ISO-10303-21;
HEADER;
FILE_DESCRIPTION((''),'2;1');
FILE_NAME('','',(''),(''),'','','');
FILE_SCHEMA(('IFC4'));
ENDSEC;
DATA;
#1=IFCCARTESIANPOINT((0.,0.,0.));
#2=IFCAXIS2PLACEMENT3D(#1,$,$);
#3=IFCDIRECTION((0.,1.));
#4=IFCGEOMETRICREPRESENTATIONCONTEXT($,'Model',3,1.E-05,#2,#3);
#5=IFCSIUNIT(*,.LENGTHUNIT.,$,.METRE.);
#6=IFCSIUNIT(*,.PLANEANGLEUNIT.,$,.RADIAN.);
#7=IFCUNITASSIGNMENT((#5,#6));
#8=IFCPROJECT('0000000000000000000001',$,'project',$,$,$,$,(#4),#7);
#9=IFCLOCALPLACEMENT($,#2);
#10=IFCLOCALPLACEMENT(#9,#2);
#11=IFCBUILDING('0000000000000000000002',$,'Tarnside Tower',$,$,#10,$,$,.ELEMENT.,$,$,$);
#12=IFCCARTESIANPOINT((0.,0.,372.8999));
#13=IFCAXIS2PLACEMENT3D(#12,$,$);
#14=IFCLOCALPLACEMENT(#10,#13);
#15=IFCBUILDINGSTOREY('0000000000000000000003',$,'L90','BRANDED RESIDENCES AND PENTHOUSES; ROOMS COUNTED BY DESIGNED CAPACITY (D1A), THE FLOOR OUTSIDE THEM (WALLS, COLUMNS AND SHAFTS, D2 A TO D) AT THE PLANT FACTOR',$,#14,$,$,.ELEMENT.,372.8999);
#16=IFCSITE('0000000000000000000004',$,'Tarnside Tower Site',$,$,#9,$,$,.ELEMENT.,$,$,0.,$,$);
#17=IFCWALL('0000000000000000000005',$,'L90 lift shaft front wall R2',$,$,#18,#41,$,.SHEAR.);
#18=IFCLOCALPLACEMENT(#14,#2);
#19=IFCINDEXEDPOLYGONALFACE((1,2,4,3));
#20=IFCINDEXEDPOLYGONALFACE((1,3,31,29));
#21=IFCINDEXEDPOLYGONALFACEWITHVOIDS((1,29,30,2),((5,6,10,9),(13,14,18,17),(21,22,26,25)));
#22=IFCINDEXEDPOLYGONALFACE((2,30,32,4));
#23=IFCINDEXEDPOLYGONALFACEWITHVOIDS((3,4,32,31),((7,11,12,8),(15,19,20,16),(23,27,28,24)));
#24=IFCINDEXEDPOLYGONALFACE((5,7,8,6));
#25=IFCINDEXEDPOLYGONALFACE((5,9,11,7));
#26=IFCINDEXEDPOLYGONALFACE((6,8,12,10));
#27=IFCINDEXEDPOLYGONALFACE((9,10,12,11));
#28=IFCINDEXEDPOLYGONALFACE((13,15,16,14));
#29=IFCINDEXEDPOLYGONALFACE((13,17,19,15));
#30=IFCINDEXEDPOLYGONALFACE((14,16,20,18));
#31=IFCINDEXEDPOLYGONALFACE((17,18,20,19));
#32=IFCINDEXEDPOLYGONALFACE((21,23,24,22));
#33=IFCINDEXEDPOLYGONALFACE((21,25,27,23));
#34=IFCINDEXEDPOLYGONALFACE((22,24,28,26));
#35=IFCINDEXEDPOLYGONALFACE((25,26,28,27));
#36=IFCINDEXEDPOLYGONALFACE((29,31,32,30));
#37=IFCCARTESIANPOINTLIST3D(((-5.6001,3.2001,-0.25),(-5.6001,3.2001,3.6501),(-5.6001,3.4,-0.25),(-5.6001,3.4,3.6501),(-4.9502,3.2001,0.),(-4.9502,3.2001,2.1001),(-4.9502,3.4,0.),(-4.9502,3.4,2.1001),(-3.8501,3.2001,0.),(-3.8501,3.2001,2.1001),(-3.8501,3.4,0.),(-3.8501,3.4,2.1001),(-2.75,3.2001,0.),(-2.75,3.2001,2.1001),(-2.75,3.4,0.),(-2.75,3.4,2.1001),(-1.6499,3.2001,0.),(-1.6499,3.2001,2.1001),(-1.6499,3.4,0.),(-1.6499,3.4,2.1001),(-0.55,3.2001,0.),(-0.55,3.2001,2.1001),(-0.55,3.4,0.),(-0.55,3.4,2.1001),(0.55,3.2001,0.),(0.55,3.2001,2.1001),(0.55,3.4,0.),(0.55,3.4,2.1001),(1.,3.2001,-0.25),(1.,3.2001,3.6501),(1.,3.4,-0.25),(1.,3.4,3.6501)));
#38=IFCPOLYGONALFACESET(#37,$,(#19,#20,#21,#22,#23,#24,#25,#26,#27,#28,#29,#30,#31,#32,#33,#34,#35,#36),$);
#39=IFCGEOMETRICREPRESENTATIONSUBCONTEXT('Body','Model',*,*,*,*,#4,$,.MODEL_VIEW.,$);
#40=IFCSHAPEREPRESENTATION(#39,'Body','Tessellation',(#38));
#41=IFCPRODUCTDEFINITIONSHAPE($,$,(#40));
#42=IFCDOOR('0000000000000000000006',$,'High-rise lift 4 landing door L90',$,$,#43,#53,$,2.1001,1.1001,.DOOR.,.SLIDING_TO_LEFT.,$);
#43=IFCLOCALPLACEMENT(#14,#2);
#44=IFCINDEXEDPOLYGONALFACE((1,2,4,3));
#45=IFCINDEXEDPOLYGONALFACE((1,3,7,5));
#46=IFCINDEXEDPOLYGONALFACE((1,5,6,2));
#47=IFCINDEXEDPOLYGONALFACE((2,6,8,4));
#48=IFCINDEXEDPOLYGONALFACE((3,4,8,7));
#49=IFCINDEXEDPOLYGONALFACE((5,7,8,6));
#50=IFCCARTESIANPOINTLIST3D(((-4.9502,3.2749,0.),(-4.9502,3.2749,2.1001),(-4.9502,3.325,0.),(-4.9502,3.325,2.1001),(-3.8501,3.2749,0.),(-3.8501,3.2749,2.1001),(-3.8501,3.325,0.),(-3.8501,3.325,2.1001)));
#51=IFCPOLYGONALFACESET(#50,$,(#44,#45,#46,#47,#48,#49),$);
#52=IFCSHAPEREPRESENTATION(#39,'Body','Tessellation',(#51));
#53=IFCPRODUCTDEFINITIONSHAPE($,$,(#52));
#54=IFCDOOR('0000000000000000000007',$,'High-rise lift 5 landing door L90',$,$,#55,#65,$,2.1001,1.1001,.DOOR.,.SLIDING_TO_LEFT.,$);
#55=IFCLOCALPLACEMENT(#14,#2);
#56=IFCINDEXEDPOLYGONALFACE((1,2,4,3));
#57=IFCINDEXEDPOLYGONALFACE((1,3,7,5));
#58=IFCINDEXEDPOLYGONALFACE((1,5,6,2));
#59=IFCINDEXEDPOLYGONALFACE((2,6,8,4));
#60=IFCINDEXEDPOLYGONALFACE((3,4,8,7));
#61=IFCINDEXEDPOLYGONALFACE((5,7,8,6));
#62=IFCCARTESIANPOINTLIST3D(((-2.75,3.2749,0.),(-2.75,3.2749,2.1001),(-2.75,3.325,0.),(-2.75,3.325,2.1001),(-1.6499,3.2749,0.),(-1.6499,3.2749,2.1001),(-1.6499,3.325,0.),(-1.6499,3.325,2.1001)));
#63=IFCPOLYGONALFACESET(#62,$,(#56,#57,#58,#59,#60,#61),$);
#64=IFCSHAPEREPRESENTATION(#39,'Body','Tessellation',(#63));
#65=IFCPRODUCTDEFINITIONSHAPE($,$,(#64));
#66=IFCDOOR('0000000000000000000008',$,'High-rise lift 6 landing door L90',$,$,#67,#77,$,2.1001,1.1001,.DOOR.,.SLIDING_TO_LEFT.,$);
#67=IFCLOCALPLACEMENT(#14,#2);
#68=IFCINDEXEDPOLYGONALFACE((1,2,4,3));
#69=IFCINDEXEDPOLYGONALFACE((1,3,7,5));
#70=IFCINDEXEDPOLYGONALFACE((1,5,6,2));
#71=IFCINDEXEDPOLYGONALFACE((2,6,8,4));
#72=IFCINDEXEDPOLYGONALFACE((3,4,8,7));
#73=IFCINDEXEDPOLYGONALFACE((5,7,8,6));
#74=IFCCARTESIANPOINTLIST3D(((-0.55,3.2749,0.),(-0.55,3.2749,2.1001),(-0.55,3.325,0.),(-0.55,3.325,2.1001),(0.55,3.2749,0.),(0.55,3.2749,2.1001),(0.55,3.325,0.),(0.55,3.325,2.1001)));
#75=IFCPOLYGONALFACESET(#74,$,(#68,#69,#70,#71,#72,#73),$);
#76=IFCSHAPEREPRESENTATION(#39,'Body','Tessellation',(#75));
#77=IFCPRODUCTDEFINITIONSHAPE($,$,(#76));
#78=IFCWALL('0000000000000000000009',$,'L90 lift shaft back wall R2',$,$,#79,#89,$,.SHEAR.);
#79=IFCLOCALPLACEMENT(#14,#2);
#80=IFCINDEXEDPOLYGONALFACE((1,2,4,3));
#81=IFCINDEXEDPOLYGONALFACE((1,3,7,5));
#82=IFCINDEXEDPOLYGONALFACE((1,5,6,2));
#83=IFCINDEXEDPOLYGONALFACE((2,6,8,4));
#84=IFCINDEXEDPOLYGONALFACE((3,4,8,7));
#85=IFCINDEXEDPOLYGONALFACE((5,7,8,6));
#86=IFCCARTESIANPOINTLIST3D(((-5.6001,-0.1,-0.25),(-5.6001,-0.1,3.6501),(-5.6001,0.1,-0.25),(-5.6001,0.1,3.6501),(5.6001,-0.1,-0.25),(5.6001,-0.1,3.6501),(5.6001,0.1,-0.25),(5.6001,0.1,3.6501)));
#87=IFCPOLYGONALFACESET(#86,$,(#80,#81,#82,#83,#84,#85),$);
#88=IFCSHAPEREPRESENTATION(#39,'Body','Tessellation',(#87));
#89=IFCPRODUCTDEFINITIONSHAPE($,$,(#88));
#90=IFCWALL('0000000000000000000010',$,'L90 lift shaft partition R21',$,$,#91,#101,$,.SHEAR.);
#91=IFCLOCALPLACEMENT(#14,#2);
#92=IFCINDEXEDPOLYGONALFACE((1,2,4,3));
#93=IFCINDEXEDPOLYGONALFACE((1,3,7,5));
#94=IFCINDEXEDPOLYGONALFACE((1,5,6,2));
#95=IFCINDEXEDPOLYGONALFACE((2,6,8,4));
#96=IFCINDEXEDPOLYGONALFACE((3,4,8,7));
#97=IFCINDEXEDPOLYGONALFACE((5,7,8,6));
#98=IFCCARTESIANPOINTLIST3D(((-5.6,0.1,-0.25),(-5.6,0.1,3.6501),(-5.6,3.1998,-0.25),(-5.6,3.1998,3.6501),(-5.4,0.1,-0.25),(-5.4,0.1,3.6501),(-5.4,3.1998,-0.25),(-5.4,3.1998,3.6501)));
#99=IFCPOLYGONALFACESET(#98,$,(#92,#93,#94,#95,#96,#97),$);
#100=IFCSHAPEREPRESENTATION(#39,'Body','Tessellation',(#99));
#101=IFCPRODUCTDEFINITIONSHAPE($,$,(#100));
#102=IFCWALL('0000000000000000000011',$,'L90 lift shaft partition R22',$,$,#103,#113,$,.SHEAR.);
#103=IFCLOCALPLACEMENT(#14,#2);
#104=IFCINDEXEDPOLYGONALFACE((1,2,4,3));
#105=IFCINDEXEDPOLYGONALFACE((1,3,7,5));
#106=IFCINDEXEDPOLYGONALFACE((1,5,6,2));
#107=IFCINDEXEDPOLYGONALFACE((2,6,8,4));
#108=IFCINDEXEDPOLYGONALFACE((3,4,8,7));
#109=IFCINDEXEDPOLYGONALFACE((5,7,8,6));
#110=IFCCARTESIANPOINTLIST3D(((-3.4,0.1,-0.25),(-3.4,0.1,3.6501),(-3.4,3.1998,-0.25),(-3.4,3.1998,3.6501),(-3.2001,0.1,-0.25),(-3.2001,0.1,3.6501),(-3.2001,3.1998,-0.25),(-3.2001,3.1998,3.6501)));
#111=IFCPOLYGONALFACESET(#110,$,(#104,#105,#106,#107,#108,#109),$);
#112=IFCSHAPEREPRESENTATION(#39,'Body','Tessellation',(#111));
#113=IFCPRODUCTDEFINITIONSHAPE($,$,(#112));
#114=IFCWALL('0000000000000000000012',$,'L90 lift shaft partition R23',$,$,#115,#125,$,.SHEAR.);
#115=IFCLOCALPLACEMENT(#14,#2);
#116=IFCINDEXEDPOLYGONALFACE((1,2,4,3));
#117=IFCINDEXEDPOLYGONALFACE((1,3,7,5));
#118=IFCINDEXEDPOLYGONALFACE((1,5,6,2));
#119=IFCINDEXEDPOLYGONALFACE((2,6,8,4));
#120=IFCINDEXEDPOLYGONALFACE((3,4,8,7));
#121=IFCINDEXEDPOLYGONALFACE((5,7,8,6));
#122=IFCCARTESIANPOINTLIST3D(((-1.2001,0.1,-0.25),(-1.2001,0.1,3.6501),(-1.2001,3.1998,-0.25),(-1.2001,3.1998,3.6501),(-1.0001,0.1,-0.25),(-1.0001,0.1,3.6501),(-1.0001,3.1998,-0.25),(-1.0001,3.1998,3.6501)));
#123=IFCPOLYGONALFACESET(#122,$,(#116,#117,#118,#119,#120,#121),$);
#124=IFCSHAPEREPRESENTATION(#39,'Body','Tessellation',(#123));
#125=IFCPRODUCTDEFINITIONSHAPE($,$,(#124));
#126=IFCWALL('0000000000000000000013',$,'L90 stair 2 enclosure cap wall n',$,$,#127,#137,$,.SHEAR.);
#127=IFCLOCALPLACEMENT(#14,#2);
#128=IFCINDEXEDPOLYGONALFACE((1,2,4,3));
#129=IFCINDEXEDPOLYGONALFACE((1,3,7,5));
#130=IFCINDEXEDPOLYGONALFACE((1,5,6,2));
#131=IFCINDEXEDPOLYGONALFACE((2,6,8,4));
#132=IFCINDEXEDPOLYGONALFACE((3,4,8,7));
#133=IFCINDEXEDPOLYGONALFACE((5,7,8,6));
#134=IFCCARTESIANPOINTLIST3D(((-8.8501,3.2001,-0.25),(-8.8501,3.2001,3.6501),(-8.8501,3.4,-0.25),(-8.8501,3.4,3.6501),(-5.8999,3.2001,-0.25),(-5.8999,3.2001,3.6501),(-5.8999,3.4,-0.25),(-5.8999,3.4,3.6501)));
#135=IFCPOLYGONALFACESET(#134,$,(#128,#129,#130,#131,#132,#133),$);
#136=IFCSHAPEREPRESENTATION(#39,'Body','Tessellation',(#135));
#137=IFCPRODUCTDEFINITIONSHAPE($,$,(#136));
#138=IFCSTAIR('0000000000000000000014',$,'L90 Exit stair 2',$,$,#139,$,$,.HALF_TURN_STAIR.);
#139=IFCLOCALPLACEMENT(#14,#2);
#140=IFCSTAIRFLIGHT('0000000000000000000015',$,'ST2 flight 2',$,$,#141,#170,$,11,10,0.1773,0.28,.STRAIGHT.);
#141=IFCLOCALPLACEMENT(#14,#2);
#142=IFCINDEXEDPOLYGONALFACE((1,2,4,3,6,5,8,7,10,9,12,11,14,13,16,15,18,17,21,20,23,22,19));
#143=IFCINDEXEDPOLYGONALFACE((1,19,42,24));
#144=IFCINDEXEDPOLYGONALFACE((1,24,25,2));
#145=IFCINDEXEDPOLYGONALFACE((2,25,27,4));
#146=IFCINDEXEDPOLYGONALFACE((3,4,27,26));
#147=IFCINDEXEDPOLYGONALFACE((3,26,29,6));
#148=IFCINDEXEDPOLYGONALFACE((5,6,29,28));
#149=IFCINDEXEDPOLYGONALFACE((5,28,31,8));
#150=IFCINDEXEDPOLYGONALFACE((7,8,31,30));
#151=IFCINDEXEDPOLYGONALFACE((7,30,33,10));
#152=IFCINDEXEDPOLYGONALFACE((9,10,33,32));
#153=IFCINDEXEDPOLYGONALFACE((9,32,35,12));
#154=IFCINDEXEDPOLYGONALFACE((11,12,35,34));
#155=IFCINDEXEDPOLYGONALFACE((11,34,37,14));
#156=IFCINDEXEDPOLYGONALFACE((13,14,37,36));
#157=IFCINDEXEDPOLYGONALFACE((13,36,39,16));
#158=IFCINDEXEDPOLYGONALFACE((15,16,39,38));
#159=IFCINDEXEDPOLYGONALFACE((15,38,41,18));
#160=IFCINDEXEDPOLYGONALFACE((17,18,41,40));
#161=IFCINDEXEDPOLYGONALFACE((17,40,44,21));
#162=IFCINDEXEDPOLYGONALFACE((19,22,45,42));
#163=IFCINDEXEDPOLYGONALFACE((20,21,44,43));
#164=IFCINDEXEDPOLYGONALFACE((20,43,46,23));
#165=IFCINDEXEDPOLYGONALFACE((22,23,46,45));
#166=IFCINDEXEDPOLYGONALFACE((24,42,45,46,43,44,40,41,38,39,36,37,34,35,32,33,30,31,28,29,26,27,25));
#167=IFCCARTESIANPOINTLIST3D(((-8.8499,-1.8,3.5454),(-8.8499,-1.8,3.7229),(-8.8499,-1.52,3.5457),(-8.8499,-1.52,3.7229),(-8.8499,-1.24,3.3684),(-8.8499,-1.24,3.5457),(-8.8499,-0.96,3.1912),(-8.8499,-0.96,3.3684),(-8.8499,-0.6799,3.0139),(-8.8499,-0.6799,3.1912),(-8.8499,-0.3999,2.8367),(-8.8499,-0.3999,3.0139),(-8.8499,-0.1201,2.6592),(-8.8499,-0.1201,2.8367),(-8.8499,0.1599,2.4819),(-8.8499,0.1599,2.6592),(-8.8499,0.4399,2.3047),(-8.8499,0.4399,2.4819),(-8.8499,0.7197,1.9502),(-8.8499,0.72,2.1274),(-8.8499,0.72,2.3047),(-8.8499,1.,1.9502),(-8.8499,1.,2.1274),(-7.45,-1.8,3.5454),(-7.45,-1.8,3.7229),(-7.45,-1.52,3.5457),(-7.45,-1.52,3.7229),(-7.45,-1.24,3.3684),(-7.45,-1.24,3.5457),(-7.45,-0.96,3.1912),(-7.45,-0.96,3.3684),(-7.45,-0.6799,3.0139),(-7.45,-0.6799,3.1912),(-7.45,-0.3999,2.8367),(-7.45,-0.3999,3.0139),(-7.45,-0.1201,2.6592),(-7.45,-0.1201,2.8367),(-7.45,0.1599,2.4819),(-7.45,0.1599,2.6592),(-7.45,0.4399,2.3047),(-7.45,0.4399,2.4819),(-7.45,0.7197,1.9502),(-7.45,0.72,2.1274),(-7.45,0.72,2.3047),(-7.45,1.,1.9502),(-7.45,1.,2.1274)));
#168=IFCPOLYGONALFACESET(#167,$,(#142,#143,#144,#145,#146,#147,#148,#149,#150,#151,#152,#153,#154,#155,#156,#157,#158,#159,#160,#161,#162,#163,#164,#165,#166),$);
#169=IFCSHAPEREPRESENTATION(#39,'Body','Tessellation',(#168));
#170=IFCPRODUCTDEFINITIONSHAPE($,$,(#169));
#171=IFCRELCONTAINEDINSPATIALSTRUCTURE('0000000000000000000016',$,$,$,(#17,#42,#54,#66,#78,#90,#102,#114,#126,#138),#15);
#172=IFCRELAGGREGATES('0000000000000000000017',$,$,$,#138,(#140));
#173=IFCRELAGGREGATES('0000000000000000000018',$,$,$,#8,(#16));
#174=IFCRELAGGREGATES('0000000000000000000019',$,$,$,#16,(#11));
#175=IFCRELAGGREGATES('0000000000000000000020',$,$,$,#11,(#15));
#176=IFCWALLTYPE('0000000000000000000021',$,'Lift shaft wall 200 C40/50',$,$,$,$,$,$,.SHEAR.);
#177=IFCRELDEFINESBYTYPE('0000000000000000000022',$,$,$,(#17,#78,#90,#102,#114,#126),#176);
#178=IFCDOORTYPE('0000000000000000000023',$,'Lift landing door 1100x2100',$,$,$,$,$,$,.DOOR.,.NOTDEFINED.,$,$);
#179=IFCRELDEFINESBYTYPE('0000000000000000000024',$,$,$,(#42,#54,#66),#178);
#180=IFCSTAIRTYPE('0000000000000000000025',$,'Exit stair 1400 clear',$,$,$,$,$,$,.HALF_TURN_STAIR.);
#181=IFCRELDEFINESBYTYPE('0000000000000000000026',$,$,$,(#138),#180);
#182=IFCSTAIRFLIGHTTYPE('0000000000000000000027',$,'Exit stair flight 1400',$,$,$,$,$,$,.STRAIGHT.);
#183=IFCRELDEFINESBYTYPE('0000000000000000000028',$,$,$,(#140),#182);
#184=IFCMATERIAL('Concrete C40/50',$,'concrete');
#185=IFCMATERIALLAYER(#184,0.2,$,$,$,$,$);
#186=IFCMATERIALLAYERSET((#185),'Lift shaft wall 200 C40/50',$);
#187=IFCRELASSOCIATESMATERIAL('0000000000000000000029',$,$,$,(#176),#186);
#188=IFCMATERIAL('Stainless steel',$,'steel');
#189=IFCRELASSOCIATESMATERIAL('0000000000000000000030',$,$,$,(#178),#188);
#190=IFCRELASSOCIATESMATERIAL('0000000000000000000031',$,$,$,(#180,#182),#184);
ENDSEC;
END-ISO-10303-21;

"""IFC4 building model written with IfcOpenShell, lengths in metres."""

from ifc_helpers import new_model, si_unit, direction, frame, frame_2d, origin, place, context, subcontext, project, spatial, polyline, rectangle, outline, extrude, material, layer, layer_set, type_object, element, fill, aggregate, save


model = new_model("IFC4")

# Units and contexts
model_context = context("Model", 3, precision=1e-05, world=origin(), true_north=direction((0.0, 1.0)))
body_context = subcontext(model_context, "Body", "Model", "MODEL_VIEW")
ifc_project = project(units=[si_unit("LENGTHUNIT", "METRE"), si_unit("PLANEANGLEUNIT", "RADIAN")], contexts=[model_context])

# Site, building, storey
site_placement = place(None, origin())
site = spatial("IfcSite", under=ifc_project, at=site_placement, Name="Tarnside Tower Site", CompositionType="ELEMENT", RefElevation=0.0)
building_placement = place(site_placement, origin())
building = spatial("IfcBuilding", under=site, at=building_placement, Name="Tarnside Tower", CompositionType="ELEMENT")
storey_placement = place(building_placement, frame((0.0, 0.0, 372.8999)))
storey = spatial("IfcBuildingStorey", under=building, at=storey_placement, Name="L90", Description="BRANDED RESIDENCES AND PENTHOUSES; ROOMS COUNTED BY DESIGNED CAPACITY (D1A), THE FLOOR OUTSIDE THEM (WALLS, COLUMNS AND SHAFTS, D2 A TO D) AT THE PLANT FACTOR", CompositionType="ELEMENT", Elevation=372.8999)

# Shared definitions
ifc_material_1 = material(Name="Concrete C40/50", Category="concrete")
ifc_layer_1 = layer(ifc_material_1, 0.2)
ifc_layer_set_1 = layer_set([ifc_layer_1], Name="Lift shaft wall 200 C40/50")
wall_type_1 = type_object("IfcWallType", Name="Lift shaft wall 200 C40/50", PredefinedType="SHEAR", material=ifc_layer_set_1)
ifc_material_2 = material(Name="Stainless steel", Category="steel")
door_type_1 = type_object("IfcDoorType", Name="Lift landing door 1100x2100", OperationType="NOTDEFINED", PredefinedType="DOOR", material=ifc_material_2)

# Wall, openings, doors
wall_1_placement = place(storey_placement, frame((-5.6001, 3.3, -0.25), z_axis=(0.0, 0.0, 1.0), x_axis=(1.0, 0.0, 0.0)))
wall_1 = element("IfcWall", 1, at=wall_1_placement, inside=storey, type_object=wall_type_1, Name="L90 lift shaft front wall R2", PredefinedType="SHEAR", context=body_context, shape_type="SweptSolid", body=[
    extrude(rectangle(XDim=6.6001, YDim=0.2, at=frame_2d((3.3, 0.0))), origin(), (0.0, 0.0, 1.0), 3.9001),
])
opening_1_placement = place(wall_1_placement, frame((0.6499, 0.0, 0.25)))
opening_1 = element("IfcOpeningElement", 2, at=opening_1_placement, cuts=wall_1, PredefinedType="OPENING", context=body_context, shape_type="SweptSolid", body=[
    extrude(rectangle(XDim=1.1001, YDim=2.1001, at=frame_2d((0.55, 1.05))), frame((0.0, 0.1099, 0.0), z_axis=(0.0, -1.0, 0.0), x_axis=(1.0, 0.0, 0.0)), (0.0, 0.0, 1.0), 0.22),
])
opening_2_placement = place(wall_1_placement, frame((2.8501, 0.0, 0.25)))
opening_2 = element("IfcOpeningElement", 3, at=opening_2_placement, cuts=wall_1, PredefinedType="OPENING", context=body_context, shape_type="SweptSolid", body=[
    extrude(rectangle(XDim=1.1001, YDim=2.1001, at=frame_2d((0.55, 1.05))), frame((0.0, 0.1099, 0.0), z_axis=(0.0, -1.0, 0.0), x_axis=(1.0, 0.0, 0.0)), (0.0, 0.0, 1.0), 0.22),
])
opening_3_placement = place(wall_1_placement, frame((5.05, 0.0, 0.25)))
opening_3 = element("IfcOpeningElement", 4, at=opening_3_placement, cuts=wall_1, PredefinedType="OPENING", context=body_context, shape_type="SweptSolid", body=[
    extrude(rectangle(XDim=1.1001, YDim=2.1001, at=frame_2d((0.55, 1.05))), frame((0.0, 0.1099, 0.0), z_axis=(0.0, -1.0, 0.0), x_axis=(1.0, 0.0, 0.0)), (0.0, 0.0, 1.0), 0.22),
])
door_1_placement = place(opening_1_placement, origin())
door_1 = element("IfcDoor", 5, at=door_1_placement, inside=storey, type_object=door_type_1, Name="High-rise lift 4 landing door L90", OperationType="SLIDING_TO_LEFT", OverallHeight=2.1001, OverallWidth=1.1001, PredefinedType="DOOR", context=body_context, shape_type="SweptSolid", body=[
    extrude(rectangle(XDim=1.1001, YDim=2.1001, at=frame_2d((0.55, 1.05))), frame((0.0, 0.0249, 0.0), z_axis=(0.0, -1.0, 0.0), x_axis=(1.0, 0.0, 0.0)), (0.0, 0.0, 1.0), 0.05),
])
fill(opening_1, door_1)
door_2_placement = place(opening_2_placement, origin())
door_2 = element("IfcDoor", 6, at=door_2_placement, inside=storey, type_object=door_type_1, Name="High-rise lift 5 landing door L90", OperationType="SLIDING_TO_LEFT", OverallHeight=2.1001, OverallWidth=1.1001, PredefinedType="DOOR", context=body_context, shape_type="SweptSolid", body=[
    extrude(rectangle(XDim=1.1001, YDim=2.1001, at=frame_2d((0.55, 1.05))), frame((0.0, 0.0249, 0.0), z_axis=(0.0, -1.0, 0.0), x_axis=(1.0, 0.0, 0.0)), (0.0, 0.0, 1.0), 0.05),
])
fill(opening_2, door_2)
door_3_placement = place(opening_3_placement, origin())
door_3 = element("IfcDoor", 7, at=door_3_placement, inside=storey, type_object=door_type_1, Name="High-rise lift 6 landing door L90", OperationType="SLIDING_TO_LEFT", OverallHeight=2.1001, OverallWidth=1.1001, PredefinedType="DOOR", context=body_context, shape_type="SweptSolid", body=[
    extrude(rectangle(XDim=1.1001, YDim=2.1001, at=frame_2d((0.55, 1.05))), frame((0.0, 0.0249, 0.0), z_axis=(0.0, -1.0, 0.0), x_axis=(1.0, 0.0, 0.0)), (0.0, 0.0, 1.0), 0.05),
])
fill(opening_3, door_3)

# Walls
wall_2_placement = place(storey_placement, frame((-5.6001, 0.0, -0.25), z_axis=(0.0, 0.0, 1.0), x_axis=(1.0, 0.0, 0.0)))
element("IfcWall", 8, at=wall_2_placement, inside=storey, type_object=wall_type_1, Name="L90 lift shaft back wall R2", PredefinedType="SHEAR", context=body_context, shape_type="SweptSolid", body=[
    extrude(rectangle(XDim=11.2002, YDim=0.2, at=frame_2d((5.6001, 0.0))), origin(), (0.0, 0.0, 1.0), 3.9001),
])
for number, where, z_axis, x_axis, name in (
    (9, (-5.5, 0.1001, -0.25), (0.0, 0.0, 1.0), (0.0, 1.0, 0.0), "L90 lift shaft partition R21"),
    (10, (-3.3, 0.1001, -0.25), (0.0, 0.0, 1.0), (0.0, 1.0, 0.0), "L90 lift shaft partition R22"),
    (11, (-1.1001, 0.1001, -0.25), (0.0, 0.0, 1.0), (0.0, 1.0, 0.0), "L90 lift shaft partition R23"),
):
    element("IfcWall", number, at=place(storey_placement, frame(where, z_axis=z_axis, x_axis=x_axis)), inside=storey, type_object=wall_type_1, Name=name, PredefinedType="SHEAR", context=body_context, shape_type="SweptSolid", body=[
        extrude(rectangle(XDim=3.0999, YDim=0.2, at=frame_2d((1.5498, 0.0))), origin(), (0.0, 0.0, 1.0), 3.9001),
    ])
wall_3_placement = place(storey_placement, frame((-8.8501, 3.3, -0.25), z_axis=(0.0, 0.0, 1.0), x_axis=(1.0, 0.0, 0.0)))
element("IfcWall", 12, at=wall_3_placement, inside=storey, type_object=wall_type_1, Name="L90 stair 2 enclosure cap wall n", PredefinedType="SHEAR", context=body_context, shape_type="SweptSolid", body=[
    extrude(rectangle(XDim=2.9502, YDim=0.2, at=frame_2d((1.4751, 0.0))), origin(), (0.0, 0.0, 1.0), 3.9001),
])

# Stair, stair flight
stair_type = type_object("IfcStairType", Name="Exit stair 1400 clear", PredefinedType="HALF_TURN_STAIR", material=ifc_material_1)
stair_placement = place(storey_placement, origin())
stair = element("IfcStair", 13, at=stair_placement, inside=storey, type_object=stair_type, Name="L90 Exit stair 2", PredefinedType="HALF_TURN_STAIR")
stair_flight_type = type_object("IfcStairFlightType", Name="Exit stair flight 1400", PredefinedType="STRAIGHT", material=ifc_material_1)
stair_flight_placement = place(storey_placement, frame((-8.1499, 1.0, 1.9502), z_axis=(0.0, 0.0, 1.0), x_axis=(0.0, -1.0, 0.0)))
stair_flight = element("IfcStairFlight", 14, at=stair_flight_placement, type_object=stair_flight_type, Name="ST2 flight 2", NumberOfRisers=11, NumberOfTreads=10, PredefinedType="STRAIGHT", RiserHeight=0.1773, TreadLength=0.28, context=body_context, shape_type="SweptSolid", body=[
    extrude(outline(polyline([(0.0, 0.0), (0.0, 0.1772), (0.28, 0.1772), (0.28, 0.3545), (0.5601, 0.3545), (0.5601, 0.5317), (0.8401, 0.5317), (0.8401, 0.709), (1.1201, 0.709), (1.1201, 0.8865), (1.3999, 0.8865), (1.3999, 1.0637), (1.6799, 1.0637), (1.6799, 1.241), (1.96, 1.241), (1.96, 1.4182), (2.24, 1.4182), (2.24, 1.5955), (2.52, 1.5955), (2.52, 1.7727), (2.8, 1.7727), (2.8, 1.95), (2.8, 1.5952), (0.2803, 0.0), (0.0, 0.0)])), frame((0.0, 0.7, 0.0), z_axis=(0.0, -1.0, 0.0), x_axis=(1.0, 0.0, 0.0)), (0.0, 0.0, 1.0), 1.3999),
])
aggregate(stair, [stair_flight])

save(model, "model.ifc")
